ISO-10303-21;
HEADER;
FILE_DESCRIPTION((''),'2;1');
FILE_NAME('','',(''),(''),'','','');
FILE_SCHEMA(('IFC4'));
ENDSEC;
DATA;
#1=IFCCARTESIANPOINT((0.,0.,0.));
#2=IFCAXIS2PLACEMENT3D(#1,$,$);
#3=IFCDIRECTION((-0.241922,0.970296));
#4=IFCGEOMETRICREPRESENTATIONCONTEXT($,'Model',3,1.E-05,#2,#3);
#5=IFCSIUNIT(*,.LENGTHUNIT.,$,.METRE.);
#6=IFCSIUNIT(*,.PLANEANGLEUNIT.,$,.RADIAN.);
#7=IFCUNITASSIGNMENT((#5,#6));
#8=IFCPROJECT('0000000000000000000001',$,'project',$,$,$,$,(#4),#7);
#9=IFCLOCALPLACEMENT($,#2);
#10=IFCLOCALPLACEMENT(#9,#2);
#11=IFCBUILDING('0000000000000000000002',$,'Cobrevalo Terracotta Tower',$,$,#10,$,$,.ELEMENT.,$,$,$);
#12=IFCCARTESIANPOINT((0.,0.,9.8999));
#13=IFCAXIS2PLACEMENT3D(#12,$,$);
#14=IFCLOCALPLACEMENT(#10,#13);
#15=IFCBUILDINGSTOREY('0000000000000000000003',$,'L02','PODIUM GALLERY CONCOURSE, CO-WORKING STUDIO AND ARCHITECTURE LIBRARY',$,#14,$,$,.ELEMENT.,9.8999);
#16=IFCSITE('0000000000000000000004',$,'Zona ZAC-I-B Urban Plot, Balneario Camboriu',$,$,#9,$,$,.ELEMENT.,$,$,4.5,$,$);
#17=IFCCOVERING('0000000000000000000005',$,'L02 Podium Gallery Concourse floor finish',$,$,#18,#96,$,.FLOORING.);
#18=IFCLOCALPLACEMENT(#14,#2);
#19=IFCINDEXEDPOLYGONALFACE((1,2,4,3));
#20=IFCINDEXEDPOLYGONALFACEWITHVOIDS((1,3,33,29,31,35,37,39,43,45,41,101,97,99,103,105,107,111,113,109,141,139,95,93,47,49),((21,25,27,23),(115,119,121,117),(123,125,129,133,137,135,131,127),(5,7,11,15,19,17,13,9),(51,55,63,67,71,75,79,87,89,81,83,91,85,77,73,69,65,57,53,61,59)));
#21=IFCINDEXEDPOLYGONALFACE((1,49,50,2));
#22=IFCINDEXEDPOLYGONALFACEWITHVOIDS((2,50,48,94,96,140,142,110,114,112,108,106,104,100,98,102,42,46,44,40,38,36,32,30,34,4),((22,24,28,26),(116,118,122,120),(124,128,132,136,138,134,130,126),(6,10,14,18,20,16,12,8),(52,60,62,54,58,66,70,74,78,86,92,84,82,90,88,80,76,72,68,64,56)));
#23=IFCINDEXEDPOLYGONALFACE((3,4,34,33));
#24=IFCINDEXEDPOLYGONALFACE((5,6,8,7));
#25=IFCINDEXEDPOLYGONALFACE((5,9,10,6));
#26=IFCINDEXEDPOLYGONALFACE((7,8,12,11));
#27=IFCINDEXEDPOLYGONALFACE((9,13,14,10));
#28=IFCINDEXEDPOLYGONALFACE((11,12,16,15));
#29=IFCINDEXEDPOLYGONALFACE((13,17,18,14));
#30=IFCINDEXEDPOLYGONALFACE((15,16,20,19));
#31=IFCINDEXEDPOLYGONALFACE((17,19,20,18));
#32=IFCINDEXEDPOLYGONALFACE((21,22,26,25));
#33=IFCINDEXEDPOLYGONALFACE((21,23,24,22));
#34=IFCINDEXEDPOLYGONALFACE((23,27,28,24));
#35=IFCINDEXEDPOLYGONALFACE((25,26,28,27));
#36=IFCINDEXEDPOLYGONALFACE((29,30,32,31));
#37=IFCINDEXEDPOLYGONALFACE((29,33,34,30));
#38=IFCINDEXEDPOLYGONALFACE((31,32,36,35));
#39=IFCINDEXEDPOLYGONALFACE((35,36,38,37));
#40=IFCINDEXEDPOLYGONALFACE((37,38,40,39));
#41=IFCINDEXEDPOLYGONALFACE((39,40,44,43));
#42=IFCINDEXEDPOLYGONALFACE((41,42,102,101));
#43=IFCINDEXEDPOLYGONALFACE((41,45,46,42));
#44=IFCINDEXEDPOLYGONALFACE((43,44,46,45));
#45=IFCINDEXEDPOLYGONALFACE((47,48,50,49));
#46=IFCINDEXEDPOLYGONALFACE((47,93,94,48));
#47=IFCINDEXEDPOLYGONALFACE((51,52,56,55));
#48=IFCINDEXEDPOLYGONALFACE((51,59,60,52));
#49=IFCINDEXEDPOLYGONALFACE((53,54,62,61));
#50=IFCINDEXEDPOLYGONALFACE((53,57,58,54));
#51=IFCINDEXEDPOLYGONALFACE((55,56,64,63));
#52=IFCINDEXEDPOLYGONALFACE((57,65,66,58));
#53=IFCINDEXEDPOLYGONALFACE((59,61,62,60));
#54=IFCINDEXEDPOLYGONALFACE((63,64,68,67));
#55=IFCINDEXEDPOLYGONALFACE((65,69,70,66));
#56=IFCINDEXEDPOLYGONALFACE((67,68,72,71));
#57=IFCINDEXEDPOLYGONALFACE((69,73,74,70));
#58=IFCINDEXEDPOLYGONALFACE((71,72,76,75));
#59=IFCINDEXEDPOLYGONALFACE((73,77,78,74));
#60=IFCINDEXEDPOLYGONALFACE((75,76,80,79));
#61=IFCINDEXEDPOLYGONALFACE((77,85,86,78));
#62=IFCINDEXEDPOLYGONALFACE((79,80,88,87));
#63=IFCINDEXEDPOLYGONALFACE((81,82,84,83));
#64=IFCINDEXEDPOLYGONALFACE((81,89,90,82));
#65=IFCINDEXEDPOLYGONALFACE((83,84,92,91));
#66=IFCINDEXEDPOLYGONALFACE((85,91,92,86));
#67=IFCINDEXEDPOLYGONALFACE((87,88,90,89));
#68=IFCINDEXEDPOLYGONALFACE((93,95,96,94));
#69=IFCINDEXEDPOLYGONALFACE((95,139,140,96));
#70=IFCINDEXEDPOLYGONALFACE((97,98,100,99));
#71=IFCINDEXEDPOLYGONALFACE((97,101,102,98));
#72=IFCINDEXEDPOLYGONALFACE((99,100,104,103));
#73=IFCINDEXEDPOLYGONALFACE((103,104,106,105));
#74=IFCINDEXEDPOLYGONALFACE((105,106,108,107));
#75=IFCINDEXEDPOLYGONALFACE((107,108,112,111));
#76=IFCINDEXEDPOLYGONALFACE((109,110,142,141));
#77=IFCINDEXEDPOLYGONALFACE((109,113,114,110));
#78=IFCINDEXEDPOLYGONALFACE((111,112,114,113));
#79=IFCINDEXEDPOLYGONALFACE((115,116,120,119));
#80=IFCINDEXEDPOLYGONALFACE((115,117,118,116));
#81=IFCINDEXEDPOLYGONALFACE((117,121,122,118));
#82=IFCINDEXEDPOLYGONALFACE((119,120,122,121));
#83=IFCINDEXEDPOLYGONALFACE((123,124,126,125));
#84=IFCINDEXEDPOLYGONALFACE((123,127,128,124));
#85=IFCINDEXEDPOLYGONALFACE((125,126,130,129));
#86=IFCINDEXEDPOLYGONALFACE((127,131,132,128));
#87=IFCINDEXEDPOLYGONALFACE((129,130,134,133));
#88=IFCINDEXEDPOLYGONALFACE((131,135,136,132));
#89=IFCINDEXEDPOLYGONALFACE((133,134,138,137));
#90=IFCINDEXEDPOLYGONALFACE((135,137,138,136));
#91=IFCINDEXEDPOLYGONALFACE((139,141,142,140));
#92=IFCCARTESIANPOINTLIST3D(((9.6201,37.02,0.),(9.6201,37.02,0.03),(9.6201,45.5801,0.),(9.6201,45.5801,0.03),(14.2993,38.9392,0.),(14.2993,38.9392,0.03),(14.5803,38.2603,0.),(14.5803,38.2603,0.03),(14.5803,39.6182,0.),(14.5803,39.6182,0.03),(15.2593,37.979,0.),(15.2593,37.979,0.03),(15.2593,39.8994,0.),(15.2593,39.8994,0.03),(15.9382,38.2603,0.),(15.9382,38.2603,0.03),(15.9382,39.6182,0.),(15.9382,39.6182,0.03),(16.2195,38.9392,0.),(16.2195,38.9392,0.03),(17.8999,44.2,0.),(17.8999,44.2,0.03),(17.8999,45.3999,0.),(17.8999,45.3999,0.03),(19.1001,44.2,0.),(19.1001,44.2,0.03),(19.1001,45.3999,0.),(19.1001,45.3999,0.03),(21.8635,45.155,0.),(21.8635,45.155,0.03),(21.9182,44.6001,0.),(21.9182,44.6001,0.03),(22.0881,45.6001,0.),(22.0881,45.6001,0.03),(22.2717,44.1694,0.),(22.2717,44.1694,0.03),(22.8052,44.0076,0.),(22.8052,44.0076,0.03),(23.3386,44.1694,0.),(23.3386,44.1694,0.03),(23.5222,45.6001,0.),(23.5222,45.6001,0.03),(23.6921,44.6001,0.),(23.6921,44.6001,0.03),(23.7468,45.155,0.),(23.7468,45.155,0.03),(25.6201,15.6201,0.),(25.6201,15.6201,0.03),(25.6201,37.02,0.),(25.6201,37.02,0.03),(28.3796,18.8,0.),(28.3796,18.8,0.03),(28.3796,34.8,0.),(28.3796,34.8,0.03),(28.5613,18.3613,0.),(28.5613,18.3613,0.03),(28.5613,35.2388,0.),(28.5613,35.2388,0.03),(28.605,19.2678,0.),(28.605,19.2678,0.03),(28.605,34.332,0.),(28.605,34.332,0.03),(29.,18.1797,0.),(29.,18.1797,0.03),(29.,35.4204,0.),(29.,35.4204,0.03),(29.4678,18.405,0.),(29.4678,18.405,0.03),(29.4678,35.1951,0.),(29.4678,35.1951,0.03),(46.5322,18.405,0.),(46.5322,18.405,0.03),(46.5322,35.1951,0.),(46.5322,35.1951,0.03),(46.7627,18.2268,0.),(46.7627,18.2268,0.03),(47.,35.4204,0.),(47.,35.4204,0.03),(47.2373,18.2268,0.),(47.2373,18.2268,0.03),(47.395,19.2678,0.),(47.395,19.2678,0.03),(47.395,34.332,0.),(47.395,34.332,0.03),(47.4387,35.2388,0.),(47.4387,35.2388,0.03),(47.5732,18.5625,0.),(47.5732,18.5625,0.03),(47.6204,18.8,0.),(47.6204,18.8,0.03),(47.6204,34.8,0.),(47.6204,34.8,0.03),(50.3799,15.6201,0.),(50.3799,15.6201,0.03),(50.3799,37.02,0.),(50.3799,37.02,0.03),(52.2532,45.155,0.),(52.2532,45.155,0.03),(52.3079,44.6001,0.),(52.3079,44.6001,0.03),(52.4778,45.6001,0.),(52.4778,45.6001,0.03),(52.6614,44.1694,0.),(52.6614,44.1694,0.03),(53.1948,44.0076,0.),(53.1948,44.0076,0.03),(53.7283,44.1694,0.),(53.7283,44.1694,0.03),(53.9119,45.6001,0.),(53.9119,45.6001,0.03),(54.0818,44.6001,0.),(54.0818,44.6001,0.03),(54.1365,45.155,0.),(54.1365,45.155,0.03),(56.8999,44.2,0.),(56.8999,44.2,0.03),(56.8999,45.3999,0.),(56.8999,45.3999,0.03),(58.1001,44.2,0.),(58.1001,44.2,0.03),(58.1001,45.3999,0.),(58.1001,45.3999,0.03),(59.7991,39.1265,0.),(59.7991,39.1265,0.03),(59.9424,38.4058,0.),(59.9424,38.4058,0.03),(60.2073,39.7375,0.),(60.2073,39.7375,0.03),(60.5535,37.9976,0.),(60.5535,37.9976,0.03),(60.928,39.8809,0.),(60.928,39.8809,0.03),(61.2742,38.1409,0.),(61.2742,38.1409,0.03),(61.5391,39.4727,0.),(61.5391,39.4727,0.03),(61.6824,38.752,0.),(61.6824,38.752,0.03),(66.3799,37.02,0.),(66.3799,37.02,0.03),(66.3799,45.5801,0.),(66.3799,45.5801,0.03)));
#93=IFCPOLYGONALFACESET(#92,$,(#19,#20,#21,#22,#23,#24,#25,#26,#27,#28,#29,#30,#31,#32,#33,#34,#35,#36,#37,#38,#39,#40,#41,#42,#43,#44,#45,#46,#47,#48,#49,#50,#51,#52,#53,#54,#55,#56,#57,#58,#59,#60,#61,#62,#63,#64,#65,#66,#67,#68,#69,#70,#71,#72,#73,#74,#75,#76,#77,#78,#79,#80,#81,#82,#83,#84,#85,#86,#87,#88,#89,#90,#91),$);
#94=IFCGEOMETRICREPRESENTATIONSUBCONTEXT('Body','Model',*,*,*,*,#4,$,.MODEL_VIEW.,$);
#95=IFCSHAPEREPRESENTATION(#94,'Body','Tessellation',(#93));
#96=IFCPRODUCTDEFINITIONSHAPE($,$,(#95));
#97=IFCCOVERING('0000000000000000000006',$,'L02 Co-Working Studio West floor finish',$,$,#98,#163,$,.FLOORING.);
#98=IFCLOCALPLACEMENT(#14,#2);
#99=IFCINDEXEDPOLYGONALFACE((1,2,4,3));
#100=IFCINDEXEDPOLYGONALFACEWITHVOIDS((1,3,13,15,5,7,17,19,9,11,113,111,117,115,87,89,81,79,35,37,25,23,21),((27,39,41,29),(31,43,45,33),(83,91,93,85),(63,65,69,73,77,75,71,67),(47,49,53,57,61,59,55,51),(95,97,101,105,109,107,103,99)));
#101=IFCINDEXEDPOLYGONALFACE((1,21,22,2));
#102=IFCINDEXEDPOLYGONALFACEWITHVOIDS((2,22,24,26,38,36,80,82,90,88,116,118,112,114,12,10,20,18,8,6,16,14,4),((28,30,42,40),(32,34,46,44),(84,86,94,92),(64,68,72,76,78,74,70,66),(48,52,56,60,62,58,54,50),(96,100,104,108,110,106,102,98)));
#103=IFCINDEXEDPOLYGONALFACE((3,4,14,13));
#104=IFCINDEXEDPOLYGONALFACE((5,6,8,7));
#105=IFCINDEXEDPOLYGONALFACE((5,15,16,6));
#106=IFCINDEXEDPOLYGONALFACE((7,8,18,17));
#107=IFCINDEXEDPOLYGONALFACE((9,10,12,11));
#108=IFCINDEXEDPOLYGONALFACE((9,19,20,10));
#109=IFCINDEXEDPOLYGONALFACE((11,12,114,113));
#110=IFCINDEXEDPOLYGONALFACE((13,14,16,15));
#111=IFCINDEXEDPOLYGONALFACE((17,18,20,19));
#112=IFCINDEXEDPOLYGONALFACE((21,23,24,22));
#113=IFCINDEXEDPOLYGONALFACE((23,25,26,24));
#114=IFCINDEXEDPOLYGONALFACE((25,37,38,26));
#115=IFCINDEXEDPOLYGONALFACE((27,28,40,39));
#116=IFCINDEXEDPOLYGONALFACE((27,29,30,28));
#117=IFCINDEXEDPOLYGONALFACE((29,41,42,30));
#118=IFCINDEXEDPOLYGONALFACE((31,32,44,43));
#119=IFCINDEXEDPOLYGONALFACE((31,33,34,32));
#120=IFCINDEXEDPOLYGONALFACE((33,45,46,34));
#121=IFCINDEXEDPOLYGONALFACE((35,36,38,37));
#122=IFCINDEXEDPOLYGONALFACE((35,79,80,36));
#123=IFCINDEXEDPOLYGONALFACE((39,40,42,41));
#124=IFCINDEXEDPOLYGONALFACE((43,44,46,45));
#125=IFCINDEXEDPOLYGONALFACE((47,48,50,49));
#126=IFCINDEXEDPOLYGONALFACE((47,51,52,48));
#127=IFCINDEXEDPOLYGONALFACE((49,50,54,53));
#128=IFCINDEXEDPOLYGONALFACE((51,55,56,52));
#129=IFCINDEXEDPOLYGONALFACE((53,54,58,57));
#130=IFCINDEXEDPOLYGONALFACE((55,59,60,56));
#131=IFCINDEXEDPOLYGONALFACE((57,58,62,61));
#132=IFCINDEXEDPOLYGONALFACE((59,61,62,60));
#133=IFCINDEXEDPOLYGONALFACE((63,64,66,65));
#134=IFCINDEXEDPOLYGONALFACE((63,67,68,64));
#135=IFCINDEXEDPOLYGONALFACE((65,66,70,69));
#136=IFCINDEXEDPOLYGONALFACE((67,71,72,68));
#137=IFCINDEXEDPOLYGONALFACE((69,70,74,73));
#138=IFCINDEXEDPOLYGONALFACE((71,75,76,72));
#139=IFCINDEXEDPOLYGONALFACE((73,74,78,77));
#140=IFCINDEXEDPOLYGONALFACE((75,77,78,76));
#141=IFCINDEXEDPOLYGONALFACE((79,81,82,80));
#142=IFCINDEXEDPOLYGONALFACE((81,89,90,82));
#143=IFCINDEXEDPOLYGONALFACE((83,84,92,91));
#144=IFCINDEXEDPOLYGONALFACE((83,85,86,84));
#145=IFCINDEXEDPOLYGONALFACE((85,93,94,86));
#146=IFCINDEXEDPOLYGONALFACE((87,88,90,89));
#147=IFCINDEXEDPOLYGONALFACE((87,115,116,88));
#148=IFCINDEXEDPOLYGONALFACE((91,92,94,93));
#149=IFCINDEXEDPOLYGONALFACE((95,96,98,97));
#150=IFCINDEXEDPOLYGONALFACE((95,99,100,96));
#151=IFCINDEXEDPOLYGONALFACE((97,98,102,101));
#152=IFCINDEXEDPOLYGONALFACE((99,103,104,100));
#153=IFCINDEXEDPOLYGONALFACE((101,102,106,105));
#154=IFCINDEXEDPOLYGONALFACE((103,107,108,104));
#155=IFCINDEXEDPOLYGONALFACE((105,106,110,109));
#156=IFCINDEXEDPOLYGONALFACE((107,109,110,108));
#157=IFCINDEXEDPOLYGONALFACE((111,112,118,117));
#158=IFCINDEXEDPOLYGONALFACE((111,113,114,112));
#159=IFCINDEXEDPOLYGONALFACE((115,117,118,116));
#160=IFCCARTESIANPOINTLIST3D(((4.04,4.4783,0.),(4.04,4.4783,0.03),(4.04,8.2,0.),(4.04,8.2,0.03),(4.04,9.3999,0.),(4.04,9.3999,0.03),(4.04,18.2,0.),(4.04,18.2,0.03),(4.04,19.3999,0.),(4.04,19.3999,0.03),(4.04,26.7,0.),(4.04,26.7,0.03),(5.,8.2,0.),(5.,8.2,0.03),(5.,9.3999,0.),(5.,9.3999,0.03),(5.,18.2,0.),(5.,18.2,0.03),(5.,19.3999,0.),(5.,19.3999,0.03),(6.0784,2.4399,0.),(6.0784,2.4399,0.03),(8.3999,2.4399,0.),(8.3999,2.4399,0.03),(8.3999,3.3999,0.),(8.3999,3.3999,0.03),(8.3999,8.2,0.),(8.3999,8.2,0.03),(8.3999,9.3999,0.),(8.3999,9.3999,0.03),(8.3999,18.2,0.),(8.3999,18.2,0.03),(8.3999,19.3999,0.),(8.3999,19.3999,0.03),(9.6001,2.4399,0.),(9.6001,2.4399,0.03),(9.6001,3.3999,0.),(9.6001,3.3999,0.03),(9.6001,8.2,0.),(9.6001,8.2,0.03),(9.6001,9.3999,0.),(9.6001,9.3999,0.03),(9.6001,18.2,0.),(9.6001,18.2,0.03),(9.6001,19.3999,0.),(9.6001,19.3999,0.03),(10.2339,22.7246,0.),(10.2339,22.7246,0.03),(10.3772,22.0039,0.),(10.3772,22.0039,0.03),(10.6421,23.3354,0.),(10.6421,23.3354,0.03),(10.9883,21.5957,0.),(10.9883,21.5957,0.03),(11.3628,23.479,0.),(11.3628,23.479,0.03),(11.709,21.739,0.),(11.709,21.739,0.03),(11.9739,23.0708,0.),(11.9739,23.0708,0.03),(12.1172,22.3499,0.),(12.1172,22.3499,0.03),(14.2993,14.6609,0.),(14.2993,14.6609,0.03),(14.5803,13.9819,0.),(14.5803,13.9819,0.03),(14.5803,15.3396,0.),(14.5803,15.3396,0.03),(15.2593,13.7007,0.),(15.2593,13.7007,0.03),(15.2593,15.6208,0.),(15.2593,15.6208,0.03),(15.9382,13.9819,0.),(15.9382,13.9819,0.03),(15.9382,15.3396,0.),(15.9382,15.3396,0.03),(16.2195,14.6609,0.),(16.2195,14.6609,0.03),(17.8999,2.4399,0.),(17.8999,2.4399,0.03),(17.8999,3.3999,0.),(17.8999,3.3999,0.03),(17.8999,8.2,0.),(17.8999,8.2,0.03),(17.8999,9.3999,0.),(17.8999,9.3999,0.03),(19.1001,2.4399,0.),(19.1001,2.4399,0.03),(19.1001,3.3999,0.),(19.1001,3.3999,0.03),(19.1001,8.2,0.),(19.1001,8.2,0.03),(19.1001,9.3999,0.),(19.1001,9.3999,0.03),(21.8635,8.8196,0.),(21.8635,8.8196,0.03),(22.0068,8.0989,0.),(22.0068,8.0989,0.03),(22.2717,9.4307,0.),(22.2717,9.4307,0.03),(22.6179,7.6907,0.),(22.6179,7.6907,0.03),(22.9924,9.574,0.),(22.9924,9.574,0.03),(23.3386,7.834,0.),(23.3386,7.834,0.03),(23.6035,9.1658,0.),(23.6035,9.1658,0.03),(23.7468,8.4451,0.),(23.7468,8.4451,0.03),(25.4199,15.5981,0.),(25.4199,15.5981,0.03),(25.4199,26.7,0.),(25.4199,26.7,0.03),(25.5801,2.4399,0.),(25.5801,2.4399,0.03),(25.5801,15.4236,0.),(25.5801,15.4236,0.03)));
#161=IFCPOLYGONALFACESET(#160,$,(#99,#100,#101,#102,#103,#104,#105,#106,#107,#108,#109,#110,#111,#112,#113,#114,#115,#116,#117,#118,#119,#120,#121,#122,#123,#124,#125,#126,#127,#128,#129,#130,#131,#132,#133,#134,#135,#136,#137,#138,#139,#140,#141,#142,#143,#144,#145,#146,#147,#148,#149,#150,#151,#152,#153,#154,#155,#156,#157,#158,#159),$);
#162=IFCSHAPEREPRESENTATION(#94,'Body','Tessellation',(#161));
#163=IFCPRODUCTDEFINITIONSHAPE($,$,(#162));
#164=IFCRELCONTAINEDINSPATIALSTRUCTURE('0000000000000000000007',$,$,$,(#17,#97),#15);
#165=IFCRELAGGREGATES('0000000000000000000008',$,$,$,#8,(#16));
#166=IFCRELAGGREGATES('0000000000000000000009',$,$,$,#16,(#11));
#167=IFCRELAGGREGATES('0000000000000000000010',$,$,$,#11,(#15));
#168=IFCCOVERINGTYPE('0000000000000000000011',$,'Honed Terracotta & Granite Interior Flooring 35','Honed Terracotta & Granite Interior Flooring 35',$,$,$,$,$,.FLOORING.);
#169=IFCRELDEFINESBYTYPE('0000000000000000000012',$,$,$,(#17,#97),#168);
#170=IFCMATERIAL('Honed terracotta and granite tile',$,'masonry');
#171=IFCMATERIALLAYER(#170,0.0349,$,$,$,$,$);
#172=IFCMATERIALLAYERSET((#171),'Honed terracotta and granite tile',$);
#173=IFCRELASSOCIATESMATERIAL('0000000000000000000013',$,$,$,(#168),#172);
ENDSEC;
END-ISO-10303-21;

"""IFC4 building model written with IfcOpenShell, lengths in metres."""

from ifc_helpers import new_model, si_unit, direction, frame, origin, place, context, subcontext, project, spatial, polyline, outline, extrude, material, layer, layer_set, type_object, element, save


model = new_model("IFC4")

# Units and contexts
model_context = context("Model", 3, precision=1e-05, world=origin(), true_north=direction((-0.241922, 0.970296)))
body_context = subcontext(model_context, "Body", "Model", "MODEL_VIEW")
ifc_project = project(units=[si_unit("LENGTHUNIT", "METRE"), si_unit("PLANEANGLEUNIT", "RADIAN")], contexts=[model_context])

# Site, building, storey
site_placement = place(None, origin())
site = spatial("IfcSite", under=ifc_project, at=site_placement, Name="Zona ZAC-I-B Urban Plot, Balneario Camboriu", CompositionType="ELEMENT", RefElevation=4.5)
building_placement = place(site_placement, origin())
building = spatial("IfcBuilding", under=site, at=building_placement, Name="Cobrevalo Terracotta Tower", CompositionType="ELEMENT")
storey_placement = place(building_placement, frame((0.0, 0.0, 9.8999)))
storey = spatial("IfcBuildingStorey", under=building, at=storey_placement, Name="L02", Description="PODIUM GALLERY CONCOURSE, CO-WORKING STUDIO AND ARCHITECTURE LIBRARY", CompositionType="ELEMENT", Elevation=9.8999)

# Coverings
ifc_material_1 = material(Name="Honed terracotta and granite tile", Category="masonry")
ifc_layer_1 = layer(ifc_material_1, 0.0349)
ifc_layer_set_1 = layer_set([ifc_layer_1], Name="Honed terracotta and granite tile")
covering_type_1 = type_object("IfcCoveringType", Name="Honed Terracotta & Granite Interior Flooring 35", Description="Honed Terracotta & Granite Interior Flooring 35", PredefinedType="FLOORING", material=ifc_layer_set_1)
covering_1_placement = place(storey_placement, origin())
element("IfcCovering", 1, at=covering_1_placement, inside=storey, type_object=covering_type_1, Name="L02 Podium Gallery Concourse floor finish", PredefinedType="FLOORING", context=body_context, shape_type="SweptSolid", body=[
    extrude(outline(polyline([(9.6201, 45.5801), (22.0881, 45.6001), (21.8635, 45.155), (21.9182, 44.6001), (22.2717, 44.1694), (22.8052, 44.0076), (23.3386, 44.1694), (23.6921, 44.6001), (23.7468, 45.155), (23.5222, 45.6001), (52.4778, 45.6001), (52.2532, 45.155), (52.3079, 44.6001), (52.6614, 44.1694), (53.1948, 44.0076), (53.7283, 44.1694), (54.0818, 44.6001), (54.1365, 45.155), (53.9119, 45.6001), (66.3799, 45.5801), (66.3799, 37.02), (50.3799, 37.02), (50.3799, 15.6201), (25.6201, 15.6201), (25.6201, 37.02), (9.6201, 37.02), (9.6201, 45.5801)]), holes=[polyline([(61.2742, 38.1409), (61.6824, 38.752), (61.5391, 39.4727), (60.928, 39.8809), (60.2073, 39.7375), (59.7991, 39.1265), (59.9424, 38.4058), (60.5535, 37.9976), (61.2742, 38.1409)]), polyline([(56.8999, 45.3999), (56.8999, 44.2), (58.1001, 44.2), (58.1001, 45.3999), (56.8999, 45.3999)]), polyline([(46.5322, 18.405), (46.7627, 18.2268), (47.2373, 18.2268), (47.5732, 18.5625), (47.6204, 18.8), (47.395, 19.2678), (47.395, 34.332), (47.6204, 34.8), (47.4387, 35.2388), (47.0, 35.4204), (46.5322, 35.1951), (29.4678, 35.1951), (29.0, 35.4204), (28.5613, 35.2388), (28.3796, 34.8), (28.605, 34.332), (28.605, 19.2678), (28.3796, 18.8), (28.5613, 18.3613), (29.0, 18.1797), (29.4678, 18.405), (46.5322, 18.405)]), polyline([(17.8999, 44.2), (19.1001, 44.2), (19.1001, 45.3999), (17.8999, 45.3999), (17.8999, 44.2)]), polyline([(15.9382, 38.2603), (16.2195, 38.9392), (15.9382, 39.6182), (15.2593, 39.8994), (14.5803, 39.6182), (14.2993, 38.9392), (14.5803, 38.2603), (15.2593, 37.979), (15.9382, 38.2603)])]), origin(), (0.0, 0.0, 1.0), 0.03),
])
covering_2_placement = place(storey_placement, origin())
element("IfcCovering", 2, at=covering_2_placement, inside=storey, type_object=covering_type_1, Name="L02 Co-Working Studio West floor finish", PredefinedType="FLOORING", context=body_context, shape_type="SweptSolid", body=[
    extrude(outline(polyline([(4.04, 4.4783), (4.04, 8.2), (5.0, 8.2), (5.0, 9.3999), (4.04, 9.3999), (4.04, 18.2), (5.0, 18.2), (5.0, 19.3999), (4.04, 19.3999), (4.04, 26.7), (25.4199, 26.7), (25.4199, 15.5981), (25.5801, 15.4236), (25.5801, 2.4399), (19.1001, 2.4399), (19.1001, 3.3999), (17.8999, 3.3999), (17.8999, 2.4399), (9.6001, 2.4399), (9.6001, 3.3999), (8.3999, 3.3999), (8.3999, 2.4399), (6.0784, 2.4399), (4.04, 4.4783)]), holes=[polyline([(23.3386, 7.834), (23.7468, 8.4451), (23.6035, 9.1658), (22.9924, 9.574), (22.2717, 9.4307), (21.8635, 8.8196), (22.0068, 8.0989), (22.6179, 7.6907), (23.3386, 7.834)]), polyline([(17.8999, 9.3999), (17.8999, 8.2), (19.1001, 8.2), (19.1001, 9.3999), (17.8999, 9.3999)]), polyline([(15.9382, 13.9819), (16.2195, 14.6609), (15.9382, 15.3396), (15.2593, 15.6208), (14.5803, 15.3396), (14.2993, 14.6609), (14.5803, 13.9819), (15.2593, 13.7007), (15.9382, 13.9819)]), polyline([(11.709, 21.739), (12.1172, 22.3499), (11.9739, 23.0708), (11.3628, 23.479), (10.6421, 23.3354), (10.2339, 22.7246), (10.3772, 22.0039), (10.9883, 21.5957), (11.709, 21.739)]), polyline([(8.3999, 9.3999), (8.3999, 8.2), (9.6001, 8.2), (9.6001, 9.3999), (8.3999, 9.3999)]), polyline([(8.3999, 19.3999), (8.3999, 18.2), (9.6001, 18.2), (9.6001, 19.3999), (8.3999, 19.3999)])]), origin(), (0.0, 0.0, 1.0), 0.03),
])

save(model, "model.ifc")
